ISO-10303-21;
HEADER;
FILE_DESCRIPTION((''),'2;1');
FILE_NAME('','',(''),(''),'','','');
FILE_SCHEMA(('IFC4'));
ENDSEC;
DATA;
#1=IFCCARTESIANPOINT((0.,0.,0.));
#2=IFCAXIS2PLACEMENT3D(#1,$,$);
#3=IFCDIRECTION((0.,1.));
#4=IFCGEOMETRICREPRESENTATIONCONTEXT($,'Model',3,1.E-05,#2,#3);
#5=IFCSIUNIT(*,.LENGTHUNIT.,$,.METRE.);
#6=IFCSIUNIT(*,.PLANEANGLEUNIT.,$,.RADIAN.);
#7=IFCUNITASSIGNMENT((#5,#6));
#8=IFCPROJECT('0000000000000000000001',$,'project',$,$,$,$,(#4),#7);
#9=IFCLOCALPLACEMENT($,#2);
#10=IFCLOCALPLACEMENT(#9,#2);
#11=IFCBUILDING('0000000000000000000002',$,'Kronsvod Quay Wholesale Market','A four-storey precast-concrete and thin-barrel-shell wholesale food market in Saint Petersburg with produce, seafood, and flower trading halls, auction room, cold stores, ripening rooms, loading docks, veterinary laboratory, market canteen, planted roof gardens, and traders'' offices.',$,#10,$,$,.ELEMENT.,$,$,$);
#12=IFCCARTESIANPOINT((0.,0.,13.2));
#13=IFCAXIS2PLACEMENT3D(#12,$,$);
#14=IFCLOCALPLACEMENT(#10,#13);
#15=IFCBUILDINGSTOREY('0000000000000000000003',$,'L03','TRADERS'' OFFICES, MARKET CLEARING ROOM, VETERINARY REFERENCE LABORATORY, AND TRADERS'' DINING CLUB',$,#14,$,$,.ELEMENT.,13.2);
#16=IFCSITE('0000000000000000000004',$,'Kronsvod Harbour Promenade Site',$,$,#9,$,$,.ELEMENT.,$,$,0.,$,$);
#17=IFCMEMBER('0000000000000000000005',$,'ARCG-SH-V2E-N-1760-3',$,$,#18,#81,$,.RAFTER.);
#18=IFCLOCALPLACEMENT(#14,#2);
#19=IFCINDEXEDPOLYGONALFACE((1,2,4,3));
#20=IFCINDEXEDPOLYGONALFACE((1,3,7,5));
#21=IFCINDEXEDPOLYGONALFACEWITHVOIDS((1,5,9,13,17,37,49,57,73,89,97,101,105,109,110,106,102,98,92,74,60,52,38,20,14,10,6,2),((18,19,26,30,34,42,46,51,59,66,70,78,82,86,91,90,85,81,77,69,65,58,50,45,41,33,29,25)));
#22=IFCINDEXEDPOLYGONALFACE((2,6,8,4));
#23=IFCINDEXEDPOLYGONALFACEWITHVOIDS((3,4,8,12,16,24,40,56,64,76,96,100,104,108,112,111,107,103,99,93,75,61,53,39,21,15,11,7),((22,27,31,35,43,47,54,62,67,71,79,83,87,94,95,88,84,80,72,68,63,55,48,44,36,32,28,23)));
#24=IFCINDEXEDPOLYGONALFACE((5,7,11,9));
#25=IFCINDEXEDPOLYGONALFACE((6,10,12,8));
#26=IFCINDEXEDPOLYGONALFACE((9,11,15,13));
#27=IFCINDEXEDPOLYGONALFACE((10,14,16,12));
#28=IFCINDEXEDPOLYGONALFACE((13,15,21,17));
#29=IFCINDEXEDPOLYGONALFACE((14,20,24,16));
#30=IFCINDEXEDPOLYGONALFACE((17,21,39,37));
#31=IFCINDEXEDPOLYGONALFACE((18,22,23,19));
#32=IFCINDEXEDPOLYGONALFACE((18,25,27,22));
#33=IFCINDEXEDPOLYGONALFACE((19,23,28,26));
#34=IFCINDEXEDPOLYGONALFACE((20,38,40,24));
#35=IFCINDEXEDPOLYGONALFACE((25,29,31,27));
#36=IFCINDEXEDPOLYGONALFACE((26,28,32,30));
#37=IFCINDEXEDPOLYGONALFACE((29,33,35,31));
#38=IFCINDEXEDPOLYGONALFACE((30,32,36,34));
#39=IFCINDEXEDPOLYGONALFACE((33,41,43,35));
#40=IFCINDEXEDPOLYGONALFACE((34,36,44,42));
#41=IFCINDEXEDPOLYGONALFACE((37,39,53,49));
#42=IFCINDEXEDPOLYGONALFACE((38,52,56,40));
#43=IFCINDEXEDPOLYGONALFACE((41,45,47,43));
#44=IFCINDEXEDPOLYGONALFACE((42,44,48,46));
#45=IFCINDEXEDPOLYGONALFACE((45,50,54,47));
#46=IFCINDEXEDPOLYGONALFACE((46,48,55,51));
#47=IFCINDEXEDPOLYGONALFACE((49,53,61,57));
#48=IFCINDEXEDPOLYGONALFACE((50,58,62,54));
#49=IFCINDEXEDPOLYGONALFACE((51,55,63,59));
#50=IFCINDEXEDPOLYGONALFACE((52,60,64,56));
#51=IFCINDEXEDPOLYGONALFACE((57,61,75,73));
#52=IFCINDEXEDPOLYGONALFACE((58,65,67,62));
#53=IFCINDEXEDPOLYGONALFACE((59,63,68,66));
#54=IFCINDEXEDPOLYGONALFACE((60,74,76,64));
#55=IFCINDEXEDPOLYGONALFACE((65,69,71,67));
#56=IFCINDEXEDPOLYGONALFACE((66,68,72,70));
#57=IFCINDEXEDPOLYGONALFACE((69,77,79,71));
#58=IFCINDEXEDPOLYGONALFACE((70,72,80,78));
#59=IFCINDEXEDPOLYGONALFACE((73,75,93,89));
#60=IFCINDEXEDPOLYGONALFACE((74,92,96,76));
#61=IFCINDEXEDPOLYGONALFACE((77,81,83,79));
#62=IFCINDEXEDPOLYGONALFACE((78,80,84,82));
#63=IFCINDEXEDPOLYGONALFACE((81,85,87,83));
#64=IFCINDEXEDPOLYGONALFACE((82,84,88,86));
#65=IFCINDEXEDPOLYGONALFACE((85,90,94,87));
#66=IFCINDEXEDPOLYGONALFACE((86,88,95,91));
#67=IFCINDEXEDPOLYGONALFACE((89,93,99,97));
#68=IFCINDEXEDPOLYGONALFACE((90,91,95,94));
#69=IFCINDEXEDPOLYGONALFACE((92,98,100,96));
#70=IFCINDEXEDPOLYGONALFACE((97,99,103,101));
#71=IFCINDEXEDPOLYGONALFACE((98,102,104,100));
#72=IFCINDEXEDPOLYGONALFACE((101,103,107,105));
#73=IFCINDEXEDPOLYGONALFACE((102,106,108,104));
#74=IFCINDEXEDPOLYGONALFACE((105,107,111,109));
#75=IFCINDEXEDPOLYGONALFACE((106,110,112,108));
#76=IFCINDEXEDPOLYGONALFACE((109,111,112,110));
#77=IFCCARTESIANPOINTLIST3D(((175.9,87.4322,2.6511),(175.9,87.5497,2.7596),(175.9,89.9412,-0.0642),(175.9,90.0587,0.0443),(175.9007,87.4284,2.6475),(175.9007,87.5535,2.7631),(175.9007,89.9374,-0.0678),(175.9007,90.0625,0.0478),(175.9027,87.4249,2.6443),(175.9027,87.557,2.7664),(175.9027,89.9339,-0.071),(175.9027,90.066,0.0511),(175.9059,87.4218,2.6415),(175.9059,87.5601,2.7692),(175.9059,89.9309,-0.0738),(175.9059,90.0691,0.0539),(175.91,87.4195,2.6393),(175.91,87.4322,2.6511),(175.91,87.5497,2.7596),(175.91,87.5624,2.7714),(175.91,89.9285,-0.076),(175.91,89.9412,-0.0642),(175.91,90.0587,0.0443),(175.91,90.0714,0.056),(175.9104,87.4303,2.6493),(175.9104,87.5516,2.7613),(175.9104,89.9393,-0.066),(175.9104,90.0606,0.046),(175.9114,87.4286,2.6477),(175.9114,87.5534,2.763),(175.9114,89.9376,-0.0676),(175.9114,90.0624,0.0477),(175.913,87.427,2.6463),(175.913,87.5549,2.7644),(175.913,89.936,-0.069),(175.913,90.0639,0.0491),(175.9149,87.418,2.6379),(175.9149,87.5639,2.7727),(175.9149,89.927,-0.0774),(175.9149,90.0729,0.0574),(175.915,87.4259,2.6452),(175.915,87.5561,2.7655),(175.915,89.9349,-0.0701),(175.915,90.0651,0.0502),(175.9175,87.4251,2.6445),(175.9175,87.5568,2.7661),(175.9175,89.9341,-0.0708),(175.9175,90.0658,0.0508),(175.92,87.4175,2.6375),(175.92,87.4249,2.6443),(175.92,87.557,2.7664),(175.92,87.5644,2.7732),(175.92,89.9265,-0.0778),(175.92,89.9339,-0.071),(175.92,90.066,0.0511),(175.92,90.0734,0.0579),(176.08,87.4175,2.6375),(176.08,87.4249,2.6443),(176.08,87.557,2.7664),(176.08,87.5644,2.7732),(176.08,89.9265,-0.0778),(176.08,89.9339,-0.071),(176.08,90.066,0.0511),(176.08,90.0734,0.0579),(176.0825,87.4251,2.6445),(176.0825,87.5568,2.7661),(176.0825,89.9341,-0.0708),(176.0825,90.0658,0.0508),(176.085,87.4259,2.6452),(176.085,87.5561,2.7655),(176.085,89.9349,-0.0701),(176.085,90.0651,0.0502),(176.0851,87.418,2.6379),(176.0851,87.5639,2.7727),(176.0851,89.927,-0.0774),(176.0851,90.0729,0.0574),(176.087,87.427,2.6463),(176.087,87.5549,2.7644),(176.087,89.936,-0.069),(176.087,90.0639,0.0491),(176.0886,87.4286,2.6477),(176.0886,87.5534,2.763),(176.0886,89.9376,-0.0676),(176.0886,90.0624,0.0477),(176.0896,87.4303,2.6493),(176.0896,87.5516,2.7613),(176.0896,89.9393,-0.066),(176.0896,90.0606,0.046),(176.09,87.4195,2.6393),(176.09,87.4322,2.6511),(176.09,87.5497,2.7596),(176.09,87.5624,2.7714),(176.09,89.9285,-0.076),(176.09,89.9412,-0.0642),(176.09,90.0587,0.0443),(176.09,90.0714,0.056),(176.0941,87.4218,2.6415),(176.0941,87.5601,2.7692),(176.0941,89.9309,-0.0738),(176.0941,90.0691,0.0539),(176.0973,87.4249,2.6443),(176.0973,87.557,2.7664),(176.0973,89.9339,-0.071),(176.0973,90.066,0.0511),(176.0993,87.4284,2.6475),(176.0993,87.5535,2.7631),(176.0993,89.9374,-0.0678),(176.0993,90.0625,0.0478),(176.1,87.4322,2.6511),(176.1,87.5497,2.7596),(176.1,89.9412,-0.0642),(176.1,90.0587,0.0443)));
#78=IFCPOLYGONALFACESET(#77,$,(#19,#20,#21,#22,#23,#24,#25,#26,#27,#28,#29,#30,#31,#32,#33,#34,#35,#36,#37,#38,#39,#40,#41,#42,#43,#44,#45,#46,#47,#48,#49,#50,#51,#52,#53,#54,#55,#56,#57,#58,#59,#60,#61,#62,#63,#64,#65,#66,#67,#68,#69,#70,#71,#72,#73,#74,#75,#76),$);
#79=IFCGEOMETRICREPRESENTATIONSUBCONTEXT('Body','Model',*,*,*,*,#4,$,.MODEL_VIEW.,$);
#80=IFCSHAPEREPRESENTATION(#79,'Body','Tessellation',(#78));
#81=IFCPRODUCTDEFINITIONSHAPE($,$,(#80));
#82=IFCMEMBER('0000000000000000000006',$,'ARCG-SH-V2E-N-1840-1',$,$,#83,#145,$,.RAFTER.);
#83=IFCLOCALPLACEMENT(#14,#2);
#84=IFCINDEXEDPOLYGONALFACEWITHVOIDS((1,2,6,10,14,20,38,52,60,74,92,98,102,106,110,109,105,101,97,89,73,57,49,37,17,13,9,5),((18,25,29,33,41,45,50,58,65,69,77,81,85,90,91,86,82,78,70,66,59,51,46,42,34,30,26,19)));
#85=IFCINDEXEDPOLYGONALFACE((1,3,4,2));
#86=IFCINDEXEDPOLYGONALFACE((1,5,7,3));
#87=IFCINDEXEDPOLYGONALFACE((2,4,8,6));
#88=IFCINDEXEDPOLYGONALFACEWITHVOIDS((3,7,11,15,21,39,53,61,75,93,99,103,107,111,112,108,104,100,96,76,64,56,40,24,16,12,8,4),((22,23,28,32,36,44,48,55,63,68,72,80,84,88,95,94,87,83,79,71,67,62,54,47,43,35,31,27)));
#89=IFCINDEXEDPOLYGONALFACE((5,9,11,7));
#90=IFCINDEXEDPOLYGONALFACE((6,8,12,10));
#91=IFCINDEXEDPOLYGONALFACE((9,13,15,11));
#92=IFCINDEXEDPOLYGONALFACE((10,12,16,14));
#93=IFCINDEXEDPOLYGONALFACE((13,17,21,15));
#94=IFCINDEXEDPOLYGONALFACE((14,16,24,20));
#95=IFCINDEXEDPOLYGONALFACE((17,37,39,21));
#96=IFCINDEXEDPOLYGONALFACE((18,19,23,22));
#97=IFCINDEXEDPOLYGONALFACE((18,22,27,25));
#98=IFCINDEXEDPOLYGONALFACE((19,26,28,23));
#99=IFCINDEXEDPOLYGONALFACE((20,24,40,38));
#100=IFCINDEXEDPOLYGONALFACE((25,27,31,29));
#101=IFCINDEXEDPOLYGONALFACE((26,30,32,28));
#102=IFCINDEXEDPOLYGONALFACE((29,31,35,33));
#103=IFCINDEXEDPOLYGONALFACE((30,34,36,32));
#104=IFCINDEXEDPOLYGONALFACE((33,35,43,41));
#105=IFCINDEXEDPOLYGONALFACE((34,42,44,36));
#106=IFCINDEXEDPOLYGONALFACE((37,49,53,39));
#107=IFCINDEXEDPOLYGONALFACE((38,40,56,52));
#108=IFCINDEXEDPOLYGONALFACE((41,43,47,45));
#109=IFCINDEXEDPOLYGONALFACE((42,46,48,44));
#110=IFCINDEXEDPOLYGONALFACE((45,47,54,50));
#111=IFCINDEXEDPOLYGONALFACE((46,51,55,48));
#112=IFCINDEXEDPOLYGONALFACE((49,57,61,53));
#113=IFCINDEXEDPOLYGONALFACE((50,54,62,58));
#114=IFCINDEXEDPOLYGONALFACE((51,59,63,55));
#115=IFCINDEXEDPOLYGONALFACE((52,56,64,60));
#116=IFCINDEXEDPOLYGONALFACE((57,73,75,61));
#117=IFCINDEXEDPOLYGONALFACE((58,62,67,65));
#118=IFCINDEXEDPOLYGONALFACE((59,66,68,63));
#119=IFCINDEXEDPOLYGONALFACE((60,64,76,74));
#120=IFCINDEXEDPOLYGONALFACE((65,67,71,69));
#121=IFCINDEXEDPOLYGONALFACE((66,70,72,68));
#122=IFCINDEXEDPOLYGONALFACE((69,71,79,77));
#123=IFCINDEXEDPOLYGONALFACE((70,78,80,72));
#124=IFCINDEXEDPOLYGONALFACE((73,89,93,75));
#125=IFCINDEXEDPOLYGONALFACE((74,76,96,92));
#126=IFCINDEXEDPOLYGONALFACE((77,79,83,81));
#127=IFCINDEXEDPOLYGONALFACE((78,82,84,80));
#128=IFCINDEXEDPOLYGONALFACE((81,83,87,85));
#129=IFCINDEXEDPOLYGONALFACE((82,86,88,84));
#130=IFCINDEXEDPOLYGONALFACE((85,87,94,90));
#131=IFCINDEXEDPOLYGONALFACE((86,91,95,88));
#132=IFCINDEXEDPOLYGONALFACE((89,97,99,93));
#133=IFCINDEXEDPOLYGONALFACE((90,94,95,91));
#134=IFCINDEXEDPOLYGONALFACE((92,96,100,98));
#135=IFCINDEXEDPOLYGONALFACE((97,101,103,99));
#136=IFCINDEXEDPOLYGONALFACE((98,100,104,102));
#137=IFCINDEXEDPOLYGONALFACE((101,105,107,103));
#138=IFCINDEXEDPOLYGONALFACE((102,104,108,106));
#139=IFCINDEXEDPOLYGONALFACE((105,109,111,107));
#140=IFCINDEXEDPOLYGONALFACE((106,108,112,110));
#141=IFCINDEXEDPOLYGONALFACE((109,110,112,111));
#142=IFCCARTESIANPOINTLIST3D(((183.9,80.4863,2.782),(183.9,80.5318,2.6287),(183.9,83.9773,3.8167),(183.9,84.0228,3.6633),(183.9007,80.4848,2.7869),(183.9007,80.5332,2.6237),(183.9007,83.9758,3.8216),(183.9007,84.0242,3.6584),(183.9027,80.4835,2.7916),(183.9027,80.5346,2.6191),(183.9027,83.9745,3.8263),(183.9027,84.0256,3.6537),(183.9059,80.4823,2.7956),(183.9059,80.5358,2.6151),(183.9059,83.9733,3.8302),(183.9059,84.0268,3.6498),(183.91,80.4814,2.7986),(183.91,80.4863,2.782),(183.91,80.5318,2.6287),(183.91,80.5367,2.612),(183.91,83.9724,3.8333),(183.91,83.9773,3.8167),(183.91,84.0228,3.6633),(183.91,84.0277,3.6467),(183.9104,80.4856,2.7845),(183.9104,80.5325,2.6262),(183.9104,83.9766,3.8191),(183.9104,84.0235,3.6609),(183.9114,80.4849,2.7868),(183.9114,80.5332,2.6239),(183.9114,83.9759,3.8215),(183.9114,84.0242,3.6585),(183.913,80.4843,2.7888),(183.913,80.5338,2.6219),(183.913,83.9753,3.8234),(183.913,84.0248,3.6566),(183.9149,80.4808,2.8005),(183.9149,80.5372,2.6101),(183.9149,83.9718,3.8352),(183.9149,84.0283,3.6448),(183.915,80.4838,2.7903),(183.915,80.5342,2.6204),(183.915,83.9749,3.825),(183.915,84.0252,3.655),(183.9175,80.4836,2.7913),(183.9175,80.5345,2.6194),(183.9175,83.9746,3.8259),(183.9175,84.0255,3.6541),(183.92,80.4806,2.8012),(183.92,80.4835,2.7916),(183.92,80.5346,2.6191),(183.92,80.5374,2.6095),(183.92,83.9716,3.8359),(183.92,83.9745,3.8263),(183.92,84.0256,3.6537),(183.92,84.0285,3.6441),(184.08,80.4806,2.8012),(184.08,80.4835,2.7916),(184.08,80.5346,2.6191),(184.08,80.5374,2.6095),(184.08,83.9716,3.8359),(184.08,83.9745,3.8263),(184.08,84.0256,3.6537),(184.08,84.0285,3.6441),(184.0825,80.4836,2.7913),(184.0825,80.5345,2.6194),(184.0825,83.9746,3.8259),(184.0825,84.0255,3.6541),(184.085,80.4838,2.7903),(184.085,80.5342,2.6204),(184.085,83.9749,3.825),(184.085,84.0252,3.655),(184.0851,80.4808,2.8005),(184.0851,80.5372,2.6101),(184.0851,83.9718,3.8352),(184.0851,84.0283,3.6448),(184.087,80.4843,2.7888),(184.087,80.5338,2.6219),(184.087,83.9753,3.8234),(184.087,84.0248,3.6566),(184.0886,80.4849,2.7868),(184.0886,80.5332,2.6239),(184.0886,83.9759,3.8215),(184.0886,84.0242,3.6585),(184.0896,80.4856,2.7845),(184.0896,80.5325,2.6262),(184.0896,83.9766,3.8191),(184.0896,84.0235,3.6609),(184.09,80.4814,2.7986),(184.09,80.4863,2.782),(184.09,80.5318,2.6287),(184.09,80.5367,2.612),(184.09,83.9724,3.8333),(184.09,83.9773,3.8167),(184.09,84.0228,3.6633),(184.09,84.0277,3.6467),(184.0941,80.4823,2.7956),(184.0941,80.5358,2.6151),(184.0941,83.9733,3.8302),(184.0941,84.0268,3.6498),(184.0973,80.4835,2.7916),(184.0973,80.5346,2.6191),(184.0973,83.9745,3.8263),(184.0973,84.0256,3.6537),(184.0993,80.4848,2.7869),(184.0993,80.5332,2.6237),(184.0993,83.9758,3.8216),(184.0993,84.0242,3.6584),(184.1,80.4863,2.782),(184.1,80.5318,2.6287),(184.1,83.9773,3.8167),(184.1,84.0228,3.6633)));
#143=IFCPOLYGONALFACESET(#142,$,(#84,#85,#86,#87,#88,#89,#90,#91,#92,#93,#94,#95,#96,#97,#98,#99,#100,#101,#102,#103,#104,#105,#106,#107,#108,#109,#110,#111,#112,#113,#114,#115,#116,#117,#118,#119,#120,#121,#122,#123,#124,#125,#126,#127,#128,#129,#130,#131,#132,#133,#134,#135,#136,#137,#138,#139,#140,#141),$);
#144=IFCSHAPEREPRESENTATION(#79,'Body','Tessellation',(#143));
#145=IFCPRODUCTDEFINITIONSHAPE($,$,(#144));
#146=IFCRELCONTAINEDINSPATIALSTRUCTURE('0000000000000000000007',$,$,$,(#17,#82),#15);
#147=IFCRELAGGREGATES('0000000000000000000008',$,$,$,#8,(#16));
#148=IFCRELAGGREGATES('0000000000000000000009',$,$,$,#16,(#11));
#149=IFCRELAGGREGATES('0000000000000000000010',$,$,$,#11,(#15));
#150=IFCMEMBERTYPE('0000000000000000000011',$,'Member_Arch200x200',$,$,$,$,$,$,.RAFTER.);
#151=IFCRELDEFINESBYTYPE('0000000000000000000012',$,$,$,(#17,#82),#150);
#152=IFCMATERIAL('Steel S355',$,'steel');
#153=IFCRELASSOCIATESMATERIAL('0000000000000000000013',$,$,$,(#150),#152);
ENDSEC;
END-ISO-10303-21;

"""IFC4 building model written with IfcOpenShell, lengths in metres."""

from ifc_helpers import new_model, si_unit, direction, frame, origin, origin_2d, place, context, subcontext, project, spatial, hollow_rectangle, extrude, material, material_profile, profile_set, type_object, element, save


model = new_model("IFC4")

# Units and contexts
model_context = context("Model", 3, precision=1e-05, world=origin(), true_north=direction((0.0, 1.0)))
body_context = subcontext(model_context, "Body", "Model", "MODEL_VIEW")
ifc_project = project(units=[si_unit("LENGTHUNIT", "METRE"), si_unit("PLANEANGLEUNIT", "RADIAN")], contexts=[model_context])

# Site, building, storey
site_placement = place(None, origin())
site = spatial("IfcSite", under=ifc_project, at=site_placement, Name="Kronsvod Harbour Promenade Site", CompositionType="ELEMENT", RefElevation=0.0)
building_placement = place(site_placement, origin())
building = spatial("IfcBuilding", under=site, at=building_placement, Name="Kronsvod Quay Wholesale Market", Description="A four-storey precast-concrete and thin-barrel-shell wholesale food market in Saint Petersburg with produce, seafood, and flower trading halls, auction room, cold stores, ripening rooms, loading docks, veterinary laboratory, market canteen, planted roof gardens, and traders' offices.", CompositionType="ELEMENT")
storey_placement = place(building_placement, frame((0.0, 0.0, 13.2)))
storey = spatial("IfcBuildingStorey", under=building, at=storey_placement, Name="L03", Description="TRADERS' OFFICES, MARKET CLEARING ROOM, VETERINARY REFERENCE LABORATORY, AND TRADERS' DINING CLUB", CompositionType="ELEMENT", Elevation=13.2)

# Members
ifc_material_1 = material(Name="Steel S355", Category="steel")
ifc_material_profile_1 = material_profile(ifc_material_1, hollow_rectangle(XDim=0.2, YDim=0.2, WallThickness=0.01, InnerFilletRadius=0.01, OuterFilletRadius=0.02, at=origin_2d()), Name="RHS200x200x10")
ifc_profile_set_1 = profile_set([ifc_material_profile_1], Name="Steel S355")
member_type_1 = type_object("IfcMemberType", Name="Member_Arch200x200", PredefinedType="RAFTER", material=ifc_profile_set_1)
member_1_placement = place(storey_placement, frame((176.0, 87.491, 2.7053), z_axis=(0.0, 0.678656, -0.734456), x_axis=(-1.0, 0.0, 0.0)))
element("IfcMember", 1, at=member_1_placement, inside=storey, type_object=member_type_1, Name="ARCG-SH-V2E-N-1760-3", PredefinedType="RAFTER", context=body_context, shape_type="SweptSolid", body=[
    extrude(hollow_rectangle(XDim=0.2, YDim=0.2, WallThickness=0.01, InnerFilletRadius=0.01, OuterFilletRadius=0.02, at=origin_2d()), origin(), (0.0, 0.0, 1.0), 3.697),
])
for number, where, z_axis, x_axis, name in (
    (2, (184.0, 80.509, 2.7053), (0.0, 0.958775, 0.284166), (-1.0, 0.0, 0.0), "ARCG-SH-V2E-N-1840-1"),
):
    element("IfcMember", number, at=place(storey_placement, frame(where, z_axis=z_axis, x_axis=x_axis)), inside=storey, type_object=member_type_1, Name=name, PredefinedType="RAFTER", context=body_context, shape_type="SweptSolid", body=[
        extrude(hollow_rectangle(XDim=0.2, YDim=0.2, WallThickness=0.01, InnerFilletRadius=0.01, OuterFilletRadius=0.02, at=origin_2d()), origin(), (0.0, 0.0, 1.0), 3.6411),
    ])

save(model, "model.ifc")
